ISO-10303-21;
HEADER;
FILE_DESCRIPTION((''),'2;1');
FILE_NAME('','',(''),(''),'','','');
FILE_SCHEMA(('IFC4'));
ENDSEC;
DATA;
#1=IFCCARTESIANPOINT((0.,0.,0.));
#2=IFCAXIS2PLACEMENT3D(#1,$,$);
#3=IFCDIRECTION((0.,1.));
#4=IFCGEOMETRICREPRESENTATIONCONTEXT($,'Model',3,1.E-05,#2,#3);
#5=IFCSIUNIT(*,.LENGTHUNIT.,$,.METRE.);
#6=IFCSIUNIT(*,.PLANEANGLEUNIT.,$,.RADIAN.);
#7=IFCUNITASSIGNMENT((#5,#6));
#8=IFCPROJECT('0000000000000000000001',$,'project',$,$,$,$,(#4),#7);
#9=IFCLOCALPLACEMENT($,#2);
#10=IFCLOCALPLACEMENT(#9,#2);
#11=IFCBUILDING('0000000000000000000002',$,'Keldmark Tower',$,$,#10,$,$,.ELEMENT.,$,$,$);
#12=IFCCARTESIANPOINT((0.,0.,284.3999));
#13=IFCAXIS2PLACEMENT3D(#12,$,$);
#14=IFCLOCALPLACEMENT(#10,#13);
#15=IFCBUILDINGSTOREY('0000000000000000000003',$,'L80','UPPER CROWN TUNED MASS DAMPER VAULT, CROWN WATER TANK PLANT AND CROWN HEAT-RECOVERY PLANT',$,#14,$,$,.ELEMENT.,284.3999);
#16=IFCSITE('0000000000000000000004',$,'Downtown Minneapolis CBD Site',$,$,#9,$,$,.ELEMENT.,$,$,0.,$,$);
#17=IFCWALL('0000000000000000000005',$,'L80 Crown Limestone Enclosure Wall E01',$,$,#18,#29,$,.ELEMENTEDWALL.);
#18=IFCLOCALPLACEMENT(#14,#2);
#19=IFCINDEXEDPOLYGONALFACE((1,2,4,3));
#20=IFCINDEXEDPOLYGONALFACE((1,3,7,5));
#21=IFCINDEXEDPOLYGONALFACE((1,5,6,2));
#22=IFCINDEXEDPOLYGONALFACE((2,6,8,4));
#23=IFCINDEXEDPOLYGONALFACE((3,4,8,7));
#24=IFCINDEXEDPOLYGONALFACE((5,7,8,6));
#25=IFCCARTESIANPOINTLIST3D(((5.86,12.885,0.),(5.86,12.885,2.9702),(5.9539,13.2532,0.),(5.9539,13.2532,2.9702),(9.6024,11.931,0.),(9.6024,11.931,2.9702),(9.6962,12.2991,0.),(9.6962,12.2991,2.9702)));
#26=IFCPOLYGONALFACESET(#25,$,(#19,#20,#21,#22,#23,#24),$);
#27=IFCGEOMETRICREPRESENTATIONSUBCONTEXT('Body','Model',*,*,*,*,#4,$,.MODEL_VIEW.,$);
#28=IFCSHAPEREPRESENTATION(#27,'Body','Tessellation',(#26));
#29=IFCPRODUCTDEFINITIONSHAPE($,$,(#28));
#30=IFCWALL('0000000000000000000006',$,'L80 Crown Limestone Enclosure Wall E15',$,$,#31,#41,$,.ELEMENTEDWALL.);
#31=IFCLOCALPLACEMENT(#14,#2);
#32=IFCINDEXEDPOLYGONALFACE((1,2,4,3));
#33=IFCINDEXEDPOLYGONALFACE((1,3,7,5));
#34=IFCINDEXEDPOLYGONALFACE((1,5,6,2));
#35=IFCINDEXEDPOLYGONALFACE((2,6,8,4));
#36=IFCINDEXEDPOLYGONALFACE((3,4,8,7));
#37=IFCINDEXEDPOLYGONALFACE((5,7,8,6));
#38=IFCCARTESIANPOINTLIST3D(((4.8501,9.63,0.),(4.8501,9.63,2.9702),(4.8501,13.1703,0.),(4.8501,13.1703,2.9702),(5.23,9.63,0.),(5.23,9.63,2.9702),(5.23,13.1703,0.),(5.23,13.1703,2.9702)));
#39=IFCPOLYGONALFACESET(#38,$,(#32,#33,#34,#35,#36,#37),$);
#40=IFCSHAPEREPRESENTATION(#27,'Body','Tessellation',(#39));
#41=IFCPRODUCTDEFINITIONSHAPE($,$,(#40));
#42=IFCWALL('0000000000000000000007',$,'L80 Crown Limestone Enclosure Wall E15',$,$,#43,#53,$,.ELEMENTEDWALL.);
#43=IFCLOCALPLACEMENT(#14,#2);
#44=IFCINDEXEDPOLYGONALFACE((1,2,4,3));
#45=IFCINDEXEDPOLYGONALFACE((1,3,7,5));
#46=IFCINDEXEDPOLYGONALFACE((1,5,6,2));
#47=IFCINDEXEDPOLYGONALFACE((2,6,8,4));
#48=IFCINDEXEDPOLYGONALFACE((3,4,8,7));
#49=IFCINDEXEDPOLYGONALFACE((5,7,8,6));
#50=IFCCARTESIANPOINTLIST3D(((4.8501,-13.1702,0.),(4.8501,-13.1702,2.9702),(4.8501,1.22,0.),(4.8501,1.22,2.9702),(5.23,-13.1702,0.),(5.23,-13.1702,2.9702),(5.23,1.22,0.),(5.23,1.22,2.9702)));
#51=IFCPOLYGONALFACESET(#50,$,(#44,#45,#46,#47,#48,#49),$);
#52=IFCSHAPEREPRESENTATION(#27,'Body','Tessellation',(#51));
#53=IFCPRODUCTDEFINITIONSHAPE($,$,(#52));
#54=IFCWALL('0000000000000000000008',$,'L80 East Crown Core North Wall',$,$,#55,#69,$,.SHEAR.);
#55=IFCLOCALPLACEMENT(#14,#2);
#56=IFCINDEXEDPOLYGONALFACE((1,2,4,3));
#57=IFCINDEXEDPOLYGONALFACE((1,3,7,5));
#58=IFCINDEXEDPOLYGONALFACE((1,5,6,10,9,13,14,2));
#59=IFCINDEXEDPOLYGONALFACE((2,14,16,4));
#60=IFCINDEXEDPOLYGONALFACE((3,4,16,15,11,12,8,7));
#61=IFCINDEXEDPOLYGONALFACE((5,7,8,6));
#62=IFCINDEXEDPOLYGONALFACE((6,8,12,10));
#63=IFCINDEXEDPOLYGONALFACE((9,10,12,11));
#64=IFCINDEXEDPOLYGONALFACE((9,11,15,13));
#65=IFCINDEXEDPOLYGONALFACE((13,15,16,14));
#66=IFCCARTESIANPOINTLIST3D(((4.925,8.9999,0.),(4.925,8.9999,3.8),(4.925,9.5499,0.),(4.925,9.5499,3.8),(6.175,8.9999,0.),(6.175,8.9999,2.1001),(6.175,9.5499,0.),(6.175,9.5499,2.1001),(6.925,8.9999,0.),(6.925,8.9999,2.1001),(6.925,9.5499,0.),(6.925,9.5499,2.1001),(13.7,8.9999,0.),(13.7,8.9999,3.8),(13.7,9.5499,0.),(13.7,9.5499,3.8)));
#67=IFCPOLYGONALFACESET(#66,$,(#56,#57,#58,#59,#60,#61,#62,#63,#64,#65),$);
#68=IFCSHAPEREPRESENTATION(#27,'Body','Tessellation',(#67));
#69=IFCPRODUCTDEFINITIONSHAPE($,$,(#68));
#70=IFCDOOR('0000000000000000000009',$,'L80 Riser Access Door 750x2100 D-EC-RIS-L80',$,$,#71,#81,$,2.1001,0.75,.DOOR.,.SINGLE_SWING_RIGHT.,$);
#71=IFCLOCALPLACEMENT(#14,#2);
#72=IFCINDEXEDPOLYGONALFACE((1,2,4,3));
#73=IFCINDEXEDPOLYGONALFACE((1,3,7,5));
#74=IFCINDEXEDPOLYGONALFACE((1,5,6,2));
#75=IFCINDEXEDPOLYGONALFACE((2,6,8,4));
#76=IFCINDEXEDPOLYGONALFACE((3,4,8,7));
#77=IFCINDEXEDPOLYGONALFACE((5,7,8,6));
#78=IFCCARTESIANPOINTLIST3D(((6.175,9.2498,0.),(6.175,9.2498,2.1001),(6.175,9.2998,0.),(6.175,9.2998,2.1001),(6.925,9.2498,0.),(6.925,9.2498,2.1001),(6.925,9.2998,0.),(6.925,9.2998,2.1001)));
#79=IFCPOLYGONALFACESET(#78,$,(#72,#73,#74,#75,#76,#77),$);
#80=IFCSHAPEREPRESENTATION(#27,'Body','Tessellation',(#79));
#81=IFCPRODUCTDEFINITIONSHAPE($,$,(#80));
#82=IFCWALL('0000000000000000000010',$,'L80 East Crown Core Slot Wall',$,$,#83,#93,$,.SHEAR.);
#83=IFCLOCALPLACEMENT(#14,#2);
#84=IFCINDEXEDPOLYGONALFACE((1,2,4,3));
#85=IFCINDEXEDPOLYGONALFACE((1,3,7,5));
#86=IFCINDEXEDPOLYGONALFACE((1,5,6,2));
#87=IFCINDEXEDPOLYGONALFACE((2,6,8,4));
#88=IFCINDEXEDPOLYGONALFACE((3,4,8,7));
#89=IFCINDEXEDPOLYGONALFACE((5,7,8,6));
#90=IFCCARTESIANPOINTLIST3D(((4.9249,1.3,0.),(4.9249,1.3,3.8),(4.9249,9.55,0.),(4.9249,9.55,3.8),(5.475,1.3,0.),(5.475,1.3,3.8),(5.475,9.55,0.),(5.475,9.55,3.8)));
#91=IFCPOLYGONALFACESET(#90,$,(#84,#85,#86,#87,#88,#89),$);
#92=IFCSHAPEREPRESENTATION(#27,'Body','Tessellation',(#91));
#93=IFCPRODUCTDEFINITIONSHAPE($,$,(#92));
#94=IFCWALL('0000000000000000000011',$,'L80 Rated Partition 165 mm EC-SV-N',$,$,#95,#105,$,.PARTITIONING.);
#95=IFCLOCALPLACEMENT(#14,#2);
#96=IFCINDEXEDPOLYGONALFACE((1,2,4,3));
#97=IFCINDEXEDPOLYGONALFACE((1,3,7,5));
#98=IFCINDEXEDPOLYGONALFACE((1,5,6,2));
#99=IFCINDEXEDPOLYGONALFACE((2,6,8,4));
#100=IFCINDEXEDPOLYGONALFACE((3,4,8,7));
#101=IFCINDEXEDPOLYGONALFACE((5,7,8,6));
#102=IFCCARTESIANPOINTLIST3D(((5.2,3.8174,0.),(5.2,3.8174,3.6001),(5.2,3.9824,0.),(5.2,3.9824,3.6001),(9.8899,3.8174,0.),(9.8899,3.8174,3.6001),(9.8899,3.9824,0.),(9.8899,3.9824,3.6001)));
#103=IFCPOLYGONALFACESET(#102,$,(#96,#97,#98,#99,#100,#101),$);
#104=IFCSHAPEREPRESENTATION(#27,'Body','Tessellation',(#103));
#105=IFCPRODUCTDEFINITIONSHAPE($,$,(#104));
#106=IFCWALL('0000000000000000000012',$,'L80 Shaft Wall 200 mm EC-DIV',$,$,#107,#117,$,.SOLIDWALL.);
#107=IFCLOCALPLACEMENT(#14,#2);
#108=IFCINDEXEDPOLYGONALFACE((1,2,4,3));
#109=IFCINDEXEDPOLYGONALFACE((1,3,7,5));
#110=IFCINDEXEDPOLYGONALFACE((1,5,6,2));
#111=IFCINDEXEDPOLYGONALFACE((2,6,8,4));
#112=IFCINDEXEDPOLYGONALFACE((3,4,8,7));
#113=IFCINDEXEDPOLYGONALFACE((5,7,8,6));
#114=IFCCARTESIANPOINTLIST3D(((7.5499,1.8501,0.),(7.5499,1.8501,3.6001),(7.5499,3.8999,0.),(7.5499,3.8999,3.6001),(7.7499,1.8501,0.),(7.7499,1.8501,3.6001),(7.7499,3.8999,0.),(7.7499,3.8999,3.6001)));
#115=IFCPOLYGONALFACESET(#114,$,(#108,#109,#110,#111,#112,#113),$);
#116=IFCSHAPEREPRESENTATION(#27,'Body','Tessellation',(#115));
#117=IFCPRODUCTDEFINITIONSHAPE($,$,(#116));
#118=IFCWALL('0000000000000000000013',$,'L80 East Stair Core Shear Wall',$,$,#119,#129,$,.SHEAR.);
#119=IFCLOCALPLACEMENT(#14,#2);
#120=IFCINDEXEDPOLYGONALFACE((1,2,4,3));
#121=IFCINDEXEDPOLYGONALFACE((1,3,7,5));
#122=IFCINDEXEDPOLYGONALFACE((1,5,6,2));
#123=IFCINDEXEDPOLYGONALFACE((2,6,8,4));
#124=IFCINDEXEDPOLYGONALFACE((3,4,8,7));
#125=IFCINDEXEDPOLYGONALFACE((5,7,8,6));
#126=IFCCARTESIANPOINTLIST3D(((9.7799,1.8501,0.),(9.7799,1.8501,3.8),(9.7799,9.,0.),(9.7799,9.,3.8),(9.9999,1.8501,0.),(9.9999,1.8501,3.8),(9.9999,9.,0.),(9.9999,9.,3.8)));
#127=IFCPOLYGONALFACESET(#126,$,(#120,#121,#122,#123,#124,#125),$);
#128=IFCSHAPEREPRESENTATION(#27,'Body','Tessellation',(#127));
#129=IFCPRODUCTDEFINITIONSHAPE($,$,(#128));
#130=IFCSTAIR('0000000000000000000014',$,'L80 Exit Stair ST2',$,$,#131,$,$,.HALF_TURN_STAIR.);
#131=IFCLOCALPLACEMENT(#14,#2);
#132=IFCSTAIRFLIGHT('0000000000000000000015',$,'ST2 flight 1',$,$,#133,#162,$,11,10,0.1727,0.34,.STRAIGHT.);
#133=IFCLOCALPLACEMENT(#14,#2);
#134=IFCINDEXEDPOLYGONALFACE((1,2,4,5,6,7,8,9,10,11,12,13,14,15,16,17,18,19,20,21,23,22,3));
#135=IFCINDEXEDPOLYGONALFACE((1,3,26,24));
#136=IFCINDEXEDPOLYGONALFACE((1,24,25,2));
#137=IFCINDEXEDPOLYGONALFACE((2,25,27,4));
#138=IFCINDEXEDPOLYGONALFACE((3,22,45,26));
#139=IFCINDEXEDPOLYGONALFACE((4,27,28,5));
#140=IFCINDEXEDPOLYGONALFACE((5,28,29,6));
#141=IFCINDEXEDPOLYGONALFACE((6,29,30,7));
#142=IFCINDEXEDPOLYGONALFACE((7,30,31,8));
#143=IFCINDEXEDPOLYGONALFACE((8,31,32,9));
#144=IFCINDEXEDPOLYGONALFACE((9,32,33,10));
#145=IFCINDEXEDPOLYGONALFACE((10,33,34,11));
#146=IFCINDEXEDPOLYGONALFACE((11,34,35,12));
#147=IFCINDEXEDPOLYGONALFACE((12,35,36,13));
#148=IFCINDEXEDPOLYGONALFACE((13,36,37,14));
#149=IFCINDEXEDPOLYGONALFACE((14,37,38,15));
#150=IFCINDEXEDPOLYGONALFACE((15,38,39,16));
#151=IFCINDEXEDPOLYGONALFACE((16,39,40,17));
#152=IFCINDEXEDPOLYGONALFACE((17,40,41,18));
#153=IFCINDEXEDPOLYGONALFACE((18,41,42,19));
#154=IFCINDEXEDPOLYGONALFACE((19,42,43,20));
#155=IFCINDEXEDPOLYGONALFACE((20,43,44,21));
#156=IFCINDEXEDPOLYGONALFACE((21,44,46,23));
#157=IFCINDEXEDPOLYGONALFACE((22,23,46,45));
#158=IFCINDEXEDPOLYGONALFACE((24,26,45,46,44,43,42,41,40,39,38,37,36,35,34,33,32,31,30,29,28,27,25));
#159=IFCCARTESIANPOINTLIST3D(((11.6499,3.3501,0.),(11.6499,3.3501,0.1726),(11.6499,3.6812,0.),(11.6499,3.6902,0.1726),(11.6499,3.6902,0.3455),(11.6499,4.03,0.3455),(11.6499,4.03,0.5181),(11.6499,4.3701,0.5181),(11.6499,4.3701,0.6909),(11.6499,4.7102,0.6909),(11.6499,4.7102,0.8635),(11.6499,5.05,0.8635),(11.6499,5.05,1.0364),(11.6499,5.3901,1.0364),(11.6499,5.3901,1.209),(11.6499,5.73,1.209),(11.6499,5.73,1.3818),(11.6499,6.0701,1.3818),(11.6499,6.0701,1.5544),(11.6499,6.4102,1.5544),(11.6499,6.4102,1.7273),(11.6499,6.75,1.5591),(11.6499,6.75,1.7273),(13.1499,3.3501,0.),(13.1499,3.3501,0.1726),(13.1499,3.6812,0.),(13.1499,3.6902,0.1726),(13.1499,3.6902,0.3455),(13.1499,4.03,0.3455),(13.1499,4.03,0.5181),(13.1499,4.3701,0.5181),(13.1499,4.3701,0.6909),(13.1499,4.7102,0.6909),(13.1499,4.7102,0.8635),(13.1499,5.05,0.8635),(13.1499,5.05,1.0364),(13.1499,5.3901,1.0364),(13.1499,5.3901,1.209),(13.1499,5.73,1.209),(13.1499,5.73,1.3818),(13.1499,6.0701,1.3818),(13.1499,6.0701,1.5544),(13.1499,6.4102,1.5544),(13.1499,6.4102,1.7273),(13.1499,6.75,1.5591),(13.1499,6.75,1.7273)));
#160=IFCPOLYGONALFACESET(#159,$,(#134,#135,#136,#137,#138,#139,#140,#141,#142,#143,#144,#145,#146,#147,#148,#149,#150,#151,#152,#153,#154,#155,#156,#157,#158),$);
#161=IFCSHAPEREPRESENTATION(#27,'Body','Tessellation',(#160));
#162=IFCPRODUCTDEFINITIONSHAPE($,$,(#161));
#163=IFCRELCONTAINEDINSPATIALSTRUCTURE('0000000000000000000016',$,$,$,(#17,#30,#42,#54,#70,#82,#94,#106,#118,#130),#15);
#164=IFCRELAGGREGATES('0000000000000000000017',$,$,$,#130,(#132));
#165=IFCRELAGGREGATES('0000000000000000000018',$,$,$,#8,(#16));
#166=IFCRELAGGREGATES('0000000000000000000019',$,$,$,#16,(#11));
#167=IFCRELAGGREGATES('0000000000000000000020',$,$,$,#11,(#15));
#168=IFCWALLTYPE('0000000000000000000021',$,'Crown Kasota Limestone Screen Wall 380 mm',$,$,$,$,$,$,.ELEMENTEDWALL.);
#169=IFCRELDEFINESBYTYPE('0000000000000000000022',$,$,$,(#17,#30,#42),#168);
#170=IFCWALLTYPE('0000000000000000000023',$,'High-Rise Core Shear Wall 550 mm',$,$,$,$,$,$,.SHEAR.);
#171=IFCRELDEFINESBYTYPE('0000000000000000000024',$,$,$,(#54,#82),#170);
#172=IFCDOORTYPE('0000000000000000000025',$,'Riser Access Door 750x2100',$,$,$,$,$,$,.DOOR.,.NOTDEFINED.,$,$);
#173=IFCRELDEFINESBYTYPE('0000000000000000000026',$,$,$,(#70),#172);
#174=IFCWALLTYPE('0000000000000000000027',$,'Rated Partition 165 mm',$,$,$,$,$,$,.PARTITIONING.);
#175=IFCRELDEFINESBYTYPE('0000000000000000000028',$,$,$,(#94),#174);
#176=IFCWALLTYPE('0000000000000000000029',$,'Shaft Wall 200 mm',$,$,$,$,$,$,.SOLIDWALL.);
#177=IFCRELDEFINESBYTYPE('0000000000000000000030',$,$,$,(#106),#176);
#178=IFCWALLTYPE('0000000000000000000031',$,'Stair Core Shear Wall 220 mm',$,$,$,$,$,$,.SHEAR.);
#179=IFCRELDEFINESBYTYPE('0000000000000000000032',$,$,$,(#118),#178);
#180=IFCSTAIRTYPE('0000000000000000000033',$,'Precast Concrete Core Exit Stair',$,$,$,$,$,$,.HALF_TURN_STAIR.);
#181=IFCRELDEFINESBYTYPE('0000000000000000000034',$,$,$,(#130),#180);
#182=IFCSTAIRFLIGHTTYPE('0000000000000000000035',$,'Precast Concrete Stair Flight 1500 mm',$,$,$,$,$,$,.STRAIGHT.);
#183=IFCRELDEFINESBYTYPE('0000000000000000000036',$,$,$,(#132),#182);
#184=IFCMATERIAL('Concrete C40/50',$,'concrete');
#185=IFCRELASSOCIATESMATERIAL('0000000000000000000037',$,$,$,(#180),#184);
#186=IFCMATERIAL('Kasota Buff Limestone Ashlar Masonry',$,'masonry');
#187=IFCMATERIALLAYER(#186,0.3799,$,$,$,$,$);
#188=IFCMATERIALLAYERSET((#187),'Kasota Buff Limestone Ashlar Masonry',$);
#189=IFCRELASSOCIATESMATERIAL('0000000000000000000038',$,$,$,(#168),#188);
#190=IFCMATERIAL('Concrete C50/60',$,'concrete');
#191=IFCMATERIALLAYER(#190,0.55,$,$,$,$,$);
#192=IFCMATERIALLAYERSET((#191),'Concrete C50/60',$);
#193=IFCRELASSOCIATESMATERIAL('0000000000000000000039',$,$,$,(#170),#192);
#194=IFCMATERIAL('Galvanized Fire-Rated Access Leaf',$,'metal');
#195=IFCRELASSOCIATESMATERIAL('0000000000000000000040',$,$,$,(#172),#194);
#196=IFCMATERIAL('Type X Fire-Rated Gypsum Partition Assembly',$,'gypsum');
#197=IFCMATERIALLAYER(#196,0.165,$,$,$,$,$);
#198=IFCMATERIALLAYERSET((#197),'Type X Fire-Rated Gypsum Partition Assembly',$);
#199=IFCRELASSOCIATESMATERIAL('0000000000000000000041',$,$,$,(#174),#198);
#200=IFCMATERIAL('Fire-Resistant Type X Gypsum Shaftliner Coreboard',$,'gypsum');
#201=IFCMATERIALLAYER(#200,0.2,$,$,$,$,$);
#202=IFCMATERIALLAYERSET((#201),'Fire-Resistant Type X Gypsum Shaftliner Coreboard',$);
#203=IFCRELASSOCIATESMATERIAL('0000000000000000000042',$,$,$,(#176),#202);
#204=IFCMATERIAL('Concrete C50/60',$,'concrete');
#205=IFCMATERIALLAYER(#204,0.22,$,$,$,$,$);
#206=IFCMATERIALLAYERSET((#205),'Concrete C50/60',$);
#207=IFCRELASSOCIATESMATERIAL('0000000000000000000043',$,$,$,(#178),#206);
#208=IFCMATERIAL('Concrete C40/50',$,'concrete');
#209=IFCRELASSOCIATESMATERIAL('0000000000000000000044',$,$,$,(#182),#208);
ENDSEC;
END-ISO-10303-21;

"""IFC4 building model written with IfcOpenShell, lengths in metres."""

from ifc_helpers import new_model, si_unit, direction, frame, frame_2d, origin, place, context, subcontext, project, spatial, polyline, rectangle, outline, extrude, material, layer, layer_set, type_object, element, fill, aggregate, save


model = new_model("IFC4")

# Units and contexts
model_context = context("Model", 3, precision=1e-05, world=origin(), true_north=direction((0.0, 1.0)))
body_context = subcontext(model_context, "Body", "Model", "MODEL_VIEW")
ifc_project = project(units=[si_unit("LENGTHUNIT", "METRE"), si_unit("PLANEANGLEUNIT", "RADIAN")], contexts=[model_context])

# Site, building, storey
site_placement = place(None, origin())
site = spatial("IfcSite", under=ifc_project, at=site_placement, Name="Downtown Minneapolis CBD Site", CompositionType="ELEMENT", RefElevation=0.0)
building_placement = place(site_placement, origin())
building = spatial("IfcBuilding", under=site, at=building_placement, Name="Keldmark Tower", CompositionType="ELEMENT")
storey_placement = place(building_placement, frame((0.0, 0.0, 284.3999)))
storey = spatial("IfcBuildingStorey", under=building, at=storey_placement, Name="L80", Description="UPPER CROWN TUNED MASS DAMPER VAULT, CROWN WATER TANK PLANT AND CROWN HEAT-RECOVERY PLANT", CompositionType="ELEMENT", Elevation=284.3999)

# Shared definitions
ifc_material_1 = material(Name="Concrete C40/50", Category="concrete")
stair_type = type_object("IfcStairType", Name="Precast Concrete Core Exit Stair", PredefinedType="HALF_TURN_STAIR", material=ifc_material_1)

# Walls
ifc_material_2 = material(Name="Kasota Buff Limestone Ashlar Masonry", Category="masonry")
ifc_layer_1 = layer(ifc_material_2, 0.3799)
ifc_layer_set_1 = layer_set([ifc_layer_1], Name="Kasota Buff Limestone Ashlar Masonry")
wall_type_1 = type_object("IfcWallType", Name="Crown Kasota Limestone Screen Wall 380 mm", PredefinedType="ELEMENTEDWALL", material=ifc_layer_set_1)
wall_1_placement = place(storey_placement, frame((9.6494, 12.115, 0.0), z_axis=(0.0, 0.0, 1.0), x_axis=(-0.969005, 0.24704, 0.0)))
element("IfcWall", 1, at=wall_1_placement, inside=storey, type_object=wall_type_1, Name="L80 Crown Limestone Enclosure Wall E01", PredefinedType="ELEMENTEDWALL", context=body_context, shape_type="SweptSolid", body=[
    extrude(rectangle(XDim=3.8621, YDim=0.3799, at=frame_2d((1.9312, 0.0))), origin(), (0.0, 0.0, 1.0), 2.9702),
])
wall_2_placement = place(storey_placement, frame((5.04, 13.1702, 0.0), z_axis=(0.0, 0.0, 1.0), x_axis=(0.0, -1.0, 0.0)))
element("IfcWall", 2, at=wall_2_placement, inside=storey, type_object=wall_type_1, Name="L80 Crown Limestone Enclosure Wall E15", PredefinedType="ELEMENTEDWALL", context=body_context, shape_type="SweptSolid", body=[
    extrude(rectangle(XDim=3.5403, YDim=0.3799, at=frame_2d((1.77, 0.0))), origin(), (0.0, 0.0, 1.0), 2.9702),
])
wall_3_placement = place(storey_placement, frame((5.04, 1.22, 0.0), z_axis=(0.0, 0.0, 1.0), x_axis=(0.0, -1.0, 0.0)))
element("IfcWall", 3, at=wall_3_placement, inside=storey, type_object=wall_type_1, Name="L80 Crown Limestone Enclosure Wall E15", PredefinedType="ELEMENTEDWALL", context=body_context, shape_type="SweptSolid", body=[
    extrude(rectangle(XDim=14.3901, YDim=0.3799, at=frame_2d((7.1951, 0.0))), origin(), (0.0, 0.0, 1.0), 2.9702),
])

# Wall, opening, door
ifc_material_3 = material(Name="Concrete C50/60", Category="concrete")
ifc_layer_2 = layer(ifc_material_3, 0.55)
ifc_layer_set_2 = layer_set([ifc_layer_2], Name="Concrete C50/60")
wall_type_2 = type_object("IfcWallType", Name="High-Rise Core Shear Wall 550 mm", PredefinedType="SHEAR", material=ifc_layer_set_2)
wall_4_placement = place(storey_placement, frame((4.925, 9.2749, 0.0), z_axis=(0.0, 0.0, 1.0), x_axis=(1.0, 0.0, 0.0)))
wall_4 = element("IfcWall", 4, at=wall_4_placement, inside=storey, type_object=wall_type_2, Name="L80 East Crown Core North Wall", PredefinedType="SHEAR", context=body_context, shape_type="SweptSolid", body=[
    extrude(rectangle(XDim=8.7749, YDim=0.55, at=frame_2d((4.3875, 0.0))), origin(), (0.0, 0.0, 1.0), 3.8),
])
opening_placement = place(wall_4_placement, frame((1.25, 0.0, 0.0)))
opening = element("IfcOpeningElement", 5, at=opening_placement, cuts=wall_4, PredefinedType="OPENING", context=body_context, shape_type="SweptSolid", body=[
    extrude(rectangle(XDim=0.75, YDim=2.1001, at=frame_2d((0.375, 1.05))), frame((0.0, 0.2849, 0.0), z_axis=(0.0, -1.0, 0.0), x_axis=(1.0, 0.0, 0.0)), (0.0, 0.0, 1.0), 0.5701),
])
ifc_material_4 = material(Name="Galvanized Fire-Rated Access Leaf", Category="metal")
door_type = type_object("IfcDoorType", Name="Riser Access Door 750x2100", OperationType="NOTDEFINED", PredefinedType="DOOR", material=ifc_material_4)
door_placement = place(opening_placement, origin())
door = element("IfcDoor", 6, at=door_placement, inside=storey, type_object=door_type, Name="L80 Riser Access Door 750x2100 D-EC-RIS-L80", OperationType="SINGLE_SWING_RIGHT", OverallHeight=2.1001, OverallWidth=0.75, PredefinedType="DOOR", context=body_context, shape_type="SweptSolid", body=[
    extrude(rectangle(XDim=0.75, YDim=2.1001, at=frame_2d((0.375, 1.05))), frame((0.0, 0.0249, 0.0), z_axis=(0.0, -1.0, 0.0), x_axis=(1.0, 0.0, 0.0)), (0.0, 0.0, 1.0), 0.05),
])
fill(opening, door)

# Walls
wall_5_placement = place(storey_placement, frame((5.2, 1.3, 0.0), z_axis=(0.0, 0.0, 1.0), x_axis=(0.0, 1.0, 0.0)))
element("IfcWall", 7, at=wall_5_placement, inside=storey, type_object=wall_type_2, Name="L80 East Crown Core Slot Wall", PredefinedType="SHEAR", context=body_context, shape_type="SweptSolid", body=[
    extrude(rectangle(XDim=8.25, YDim=0.55, at=frame_2d((4.125, 0.0))), origin(), (0.0, 0.0, 1.0), 3.8),
])
ifc_material_5 = material(Name="Type X Fire-Rated Gypsum Partition Assembly", Category="gypsum")
ifc_layer_3 = layer(ifc_material_5, 0.165)
ifc_layer_set_3 = layer_set([ifc_layer_3], Name="Type X Fire-Rated Gypsum Partition Assembly")
wall_type_3 = type_object("IfcWallType", Name="Rated Partition 165 mm", PredefinedType="PARTITIONING", material=ifc_layer_set_3)
wall_6_placement = place(storey_placement, frame((5.2, 3.8999, 0.0), z_axis=(0.0, 0.0, 1.0), x_axis=(1.0, 0.0, 0.0)))
element("IfcWall", 8, at=wall_6_placement, inside=storey, type_object=wall_type_3, Name="L80 Rated Partition 165 mm EC-SV-N", PredefinedType="PARTITIONING", context=body_context, shape_type="SweptSolid", body=[
    extrude(rectangle(XDim=4.6899, YDim=0.165, at=frame_2d((2.345, 0.0))), origin(), (0.0, 0.0, 1.0), 3.6001),
])
ifc_material_6 = material(Name="Fire-Resistant Type X Gypsum Shaftliner Coreboard", Category="gypsum")
ifc_layer_4 = layer(ifc_material_6, 0.2)
ifc_layer_set_4 = layer_set([ifc_layer_4], Name="Fire-Resistant Type X Gypsum Shaftliner Coreboard")
wall_type_4 = type_object("IfcWallType", Name="Shaft Wall 200 mm", PredefinedType="SOLIDWALL", material=ifc_layer_set_4)
wall_7_placement = place(storey_placement, frame((7.6499, 1.8501, 0.0), z_axis=(0.0, 0.0, 1.0), x_axis=(0.0, 1.0, 0.0)))
element("IfcWall", 9, at=wall_7_placement, inside=storey, type_object=wall_type_4, Name="L80 Shaft Wall 200 mm EC-DIV", PredefinedType="SOLIDWALL", context=body_context, shape_type="SweptSolid", body=[
    extrude(rectangle(XDim=2.0498, YDim=0.2, at=frame_2d((1.0249, 0.0))), origin(), (0.0, 0.0, 1.0), 3.6001),
])
ifc_material_7 = material(Name="Concrete C50/60", Category="concrete")
ifc_layer_5 = layer(ifc_material_7, 0.22)
ifc_layer_set_5 = layer_set([ifc_layer_5], Name="Concrete C50/60")
wall_type_5 = type_object("IfcWallType", Name="Stair Core Shear Wall 220 mm", PredefinedType="SHEAR", material=ifc_layer_set_5)
wall_8_placement = place(storey_placement, frame((9.8899, 1.8501, 0.0), z_axis=(0.0, 0.0, 1.0), x_axis=(0.0, 1.0, 0.0)))
element("IfcWall", 10, at=wall_8_placement, inside=storey, type_object=wall_type_5, Name="L80 East Stair Core Shear Wall", PredefinedType="SHEAR", context=body_context, shape_type="SweptSolid", body=[
    extrude(rectangle(XDim=7.1499, YDim=0.22, at=frame_2d((3.575, 0.0))), origin(), (0.0, 0.0, 1.0), 3.8),
])

# Stair, stair flight
stair_1_placement = place(storey_placement, origin())
stair_1 = element("IfcStair", 11, at=stair_1_placement, inside=storey, type_object=stair_type, Name="L80 Exit Stair ST2", PredefinedType="HALF_TURN_STAIR")
ifc_material_8 = material(Name="Concrete C40/50", Category="concrete")
stair_flight_type = type_object("IfcStairFlightType", Name="Precast Concrete Stair Flight 1500 mm", PredefinedType="STRAIGHT", material=ifc_material_8)
stair_flight_1_placement = place(storey_placement, frame((12.3999, 3.3501, 0.0), z_axis=(0.0, 0.0, 1.0), x_axis=(0.0, 1.0, 0.0)))
stair_flight_1 = element("IfcStairFlight", 12, at=stair_flight_1_placement, type_object=stair_flight_type, Name="ST2 flight 1", NumberOfRisers=11, NumberOfTreads=10, PredefinedType="STRAIGHT", RiserHeight=0.1727, TreadLength=0.34, context=body_context, shape_type="SweptSolid", body=[
    extrude(outline(polyline([(0.0, 0.0), (0.0, 0.1726), (0.3401, 0.1726), (0.3401, 0.3455), (0.6799, 0.3455), (0.6799, 0.5181), (1.02, 0.5181), (1.02, 0.6909), (1.3601, 0.6909), (1.3601, 0.8635), (1.7, 0.8635), (1.7, 1.0364), (2.04, 1.0364), (2.04, 1.209), (2.3799, 1.209), (2.3799, 1.3818), (2.72, 1.3818), (2.72, 1.5544), (3.0601, 1.5544), (3.0601, 1.7273), (3.3999, 1.7273), (3.3999, 1.8999), (3.3999, 1.5591), (0.3311, 0.0), (0.0, 0.0)])), frame((0.0, 0.75, 0.0), z_axis=(0.0, -1.0, 0.0), x_axis=(1.0, 0.0, 0.0)), (0.0, 0.0, 1.0), 1.5),
])
aggregate(stair_1, [stair_flight_1])

save(model, "model.ifc")
